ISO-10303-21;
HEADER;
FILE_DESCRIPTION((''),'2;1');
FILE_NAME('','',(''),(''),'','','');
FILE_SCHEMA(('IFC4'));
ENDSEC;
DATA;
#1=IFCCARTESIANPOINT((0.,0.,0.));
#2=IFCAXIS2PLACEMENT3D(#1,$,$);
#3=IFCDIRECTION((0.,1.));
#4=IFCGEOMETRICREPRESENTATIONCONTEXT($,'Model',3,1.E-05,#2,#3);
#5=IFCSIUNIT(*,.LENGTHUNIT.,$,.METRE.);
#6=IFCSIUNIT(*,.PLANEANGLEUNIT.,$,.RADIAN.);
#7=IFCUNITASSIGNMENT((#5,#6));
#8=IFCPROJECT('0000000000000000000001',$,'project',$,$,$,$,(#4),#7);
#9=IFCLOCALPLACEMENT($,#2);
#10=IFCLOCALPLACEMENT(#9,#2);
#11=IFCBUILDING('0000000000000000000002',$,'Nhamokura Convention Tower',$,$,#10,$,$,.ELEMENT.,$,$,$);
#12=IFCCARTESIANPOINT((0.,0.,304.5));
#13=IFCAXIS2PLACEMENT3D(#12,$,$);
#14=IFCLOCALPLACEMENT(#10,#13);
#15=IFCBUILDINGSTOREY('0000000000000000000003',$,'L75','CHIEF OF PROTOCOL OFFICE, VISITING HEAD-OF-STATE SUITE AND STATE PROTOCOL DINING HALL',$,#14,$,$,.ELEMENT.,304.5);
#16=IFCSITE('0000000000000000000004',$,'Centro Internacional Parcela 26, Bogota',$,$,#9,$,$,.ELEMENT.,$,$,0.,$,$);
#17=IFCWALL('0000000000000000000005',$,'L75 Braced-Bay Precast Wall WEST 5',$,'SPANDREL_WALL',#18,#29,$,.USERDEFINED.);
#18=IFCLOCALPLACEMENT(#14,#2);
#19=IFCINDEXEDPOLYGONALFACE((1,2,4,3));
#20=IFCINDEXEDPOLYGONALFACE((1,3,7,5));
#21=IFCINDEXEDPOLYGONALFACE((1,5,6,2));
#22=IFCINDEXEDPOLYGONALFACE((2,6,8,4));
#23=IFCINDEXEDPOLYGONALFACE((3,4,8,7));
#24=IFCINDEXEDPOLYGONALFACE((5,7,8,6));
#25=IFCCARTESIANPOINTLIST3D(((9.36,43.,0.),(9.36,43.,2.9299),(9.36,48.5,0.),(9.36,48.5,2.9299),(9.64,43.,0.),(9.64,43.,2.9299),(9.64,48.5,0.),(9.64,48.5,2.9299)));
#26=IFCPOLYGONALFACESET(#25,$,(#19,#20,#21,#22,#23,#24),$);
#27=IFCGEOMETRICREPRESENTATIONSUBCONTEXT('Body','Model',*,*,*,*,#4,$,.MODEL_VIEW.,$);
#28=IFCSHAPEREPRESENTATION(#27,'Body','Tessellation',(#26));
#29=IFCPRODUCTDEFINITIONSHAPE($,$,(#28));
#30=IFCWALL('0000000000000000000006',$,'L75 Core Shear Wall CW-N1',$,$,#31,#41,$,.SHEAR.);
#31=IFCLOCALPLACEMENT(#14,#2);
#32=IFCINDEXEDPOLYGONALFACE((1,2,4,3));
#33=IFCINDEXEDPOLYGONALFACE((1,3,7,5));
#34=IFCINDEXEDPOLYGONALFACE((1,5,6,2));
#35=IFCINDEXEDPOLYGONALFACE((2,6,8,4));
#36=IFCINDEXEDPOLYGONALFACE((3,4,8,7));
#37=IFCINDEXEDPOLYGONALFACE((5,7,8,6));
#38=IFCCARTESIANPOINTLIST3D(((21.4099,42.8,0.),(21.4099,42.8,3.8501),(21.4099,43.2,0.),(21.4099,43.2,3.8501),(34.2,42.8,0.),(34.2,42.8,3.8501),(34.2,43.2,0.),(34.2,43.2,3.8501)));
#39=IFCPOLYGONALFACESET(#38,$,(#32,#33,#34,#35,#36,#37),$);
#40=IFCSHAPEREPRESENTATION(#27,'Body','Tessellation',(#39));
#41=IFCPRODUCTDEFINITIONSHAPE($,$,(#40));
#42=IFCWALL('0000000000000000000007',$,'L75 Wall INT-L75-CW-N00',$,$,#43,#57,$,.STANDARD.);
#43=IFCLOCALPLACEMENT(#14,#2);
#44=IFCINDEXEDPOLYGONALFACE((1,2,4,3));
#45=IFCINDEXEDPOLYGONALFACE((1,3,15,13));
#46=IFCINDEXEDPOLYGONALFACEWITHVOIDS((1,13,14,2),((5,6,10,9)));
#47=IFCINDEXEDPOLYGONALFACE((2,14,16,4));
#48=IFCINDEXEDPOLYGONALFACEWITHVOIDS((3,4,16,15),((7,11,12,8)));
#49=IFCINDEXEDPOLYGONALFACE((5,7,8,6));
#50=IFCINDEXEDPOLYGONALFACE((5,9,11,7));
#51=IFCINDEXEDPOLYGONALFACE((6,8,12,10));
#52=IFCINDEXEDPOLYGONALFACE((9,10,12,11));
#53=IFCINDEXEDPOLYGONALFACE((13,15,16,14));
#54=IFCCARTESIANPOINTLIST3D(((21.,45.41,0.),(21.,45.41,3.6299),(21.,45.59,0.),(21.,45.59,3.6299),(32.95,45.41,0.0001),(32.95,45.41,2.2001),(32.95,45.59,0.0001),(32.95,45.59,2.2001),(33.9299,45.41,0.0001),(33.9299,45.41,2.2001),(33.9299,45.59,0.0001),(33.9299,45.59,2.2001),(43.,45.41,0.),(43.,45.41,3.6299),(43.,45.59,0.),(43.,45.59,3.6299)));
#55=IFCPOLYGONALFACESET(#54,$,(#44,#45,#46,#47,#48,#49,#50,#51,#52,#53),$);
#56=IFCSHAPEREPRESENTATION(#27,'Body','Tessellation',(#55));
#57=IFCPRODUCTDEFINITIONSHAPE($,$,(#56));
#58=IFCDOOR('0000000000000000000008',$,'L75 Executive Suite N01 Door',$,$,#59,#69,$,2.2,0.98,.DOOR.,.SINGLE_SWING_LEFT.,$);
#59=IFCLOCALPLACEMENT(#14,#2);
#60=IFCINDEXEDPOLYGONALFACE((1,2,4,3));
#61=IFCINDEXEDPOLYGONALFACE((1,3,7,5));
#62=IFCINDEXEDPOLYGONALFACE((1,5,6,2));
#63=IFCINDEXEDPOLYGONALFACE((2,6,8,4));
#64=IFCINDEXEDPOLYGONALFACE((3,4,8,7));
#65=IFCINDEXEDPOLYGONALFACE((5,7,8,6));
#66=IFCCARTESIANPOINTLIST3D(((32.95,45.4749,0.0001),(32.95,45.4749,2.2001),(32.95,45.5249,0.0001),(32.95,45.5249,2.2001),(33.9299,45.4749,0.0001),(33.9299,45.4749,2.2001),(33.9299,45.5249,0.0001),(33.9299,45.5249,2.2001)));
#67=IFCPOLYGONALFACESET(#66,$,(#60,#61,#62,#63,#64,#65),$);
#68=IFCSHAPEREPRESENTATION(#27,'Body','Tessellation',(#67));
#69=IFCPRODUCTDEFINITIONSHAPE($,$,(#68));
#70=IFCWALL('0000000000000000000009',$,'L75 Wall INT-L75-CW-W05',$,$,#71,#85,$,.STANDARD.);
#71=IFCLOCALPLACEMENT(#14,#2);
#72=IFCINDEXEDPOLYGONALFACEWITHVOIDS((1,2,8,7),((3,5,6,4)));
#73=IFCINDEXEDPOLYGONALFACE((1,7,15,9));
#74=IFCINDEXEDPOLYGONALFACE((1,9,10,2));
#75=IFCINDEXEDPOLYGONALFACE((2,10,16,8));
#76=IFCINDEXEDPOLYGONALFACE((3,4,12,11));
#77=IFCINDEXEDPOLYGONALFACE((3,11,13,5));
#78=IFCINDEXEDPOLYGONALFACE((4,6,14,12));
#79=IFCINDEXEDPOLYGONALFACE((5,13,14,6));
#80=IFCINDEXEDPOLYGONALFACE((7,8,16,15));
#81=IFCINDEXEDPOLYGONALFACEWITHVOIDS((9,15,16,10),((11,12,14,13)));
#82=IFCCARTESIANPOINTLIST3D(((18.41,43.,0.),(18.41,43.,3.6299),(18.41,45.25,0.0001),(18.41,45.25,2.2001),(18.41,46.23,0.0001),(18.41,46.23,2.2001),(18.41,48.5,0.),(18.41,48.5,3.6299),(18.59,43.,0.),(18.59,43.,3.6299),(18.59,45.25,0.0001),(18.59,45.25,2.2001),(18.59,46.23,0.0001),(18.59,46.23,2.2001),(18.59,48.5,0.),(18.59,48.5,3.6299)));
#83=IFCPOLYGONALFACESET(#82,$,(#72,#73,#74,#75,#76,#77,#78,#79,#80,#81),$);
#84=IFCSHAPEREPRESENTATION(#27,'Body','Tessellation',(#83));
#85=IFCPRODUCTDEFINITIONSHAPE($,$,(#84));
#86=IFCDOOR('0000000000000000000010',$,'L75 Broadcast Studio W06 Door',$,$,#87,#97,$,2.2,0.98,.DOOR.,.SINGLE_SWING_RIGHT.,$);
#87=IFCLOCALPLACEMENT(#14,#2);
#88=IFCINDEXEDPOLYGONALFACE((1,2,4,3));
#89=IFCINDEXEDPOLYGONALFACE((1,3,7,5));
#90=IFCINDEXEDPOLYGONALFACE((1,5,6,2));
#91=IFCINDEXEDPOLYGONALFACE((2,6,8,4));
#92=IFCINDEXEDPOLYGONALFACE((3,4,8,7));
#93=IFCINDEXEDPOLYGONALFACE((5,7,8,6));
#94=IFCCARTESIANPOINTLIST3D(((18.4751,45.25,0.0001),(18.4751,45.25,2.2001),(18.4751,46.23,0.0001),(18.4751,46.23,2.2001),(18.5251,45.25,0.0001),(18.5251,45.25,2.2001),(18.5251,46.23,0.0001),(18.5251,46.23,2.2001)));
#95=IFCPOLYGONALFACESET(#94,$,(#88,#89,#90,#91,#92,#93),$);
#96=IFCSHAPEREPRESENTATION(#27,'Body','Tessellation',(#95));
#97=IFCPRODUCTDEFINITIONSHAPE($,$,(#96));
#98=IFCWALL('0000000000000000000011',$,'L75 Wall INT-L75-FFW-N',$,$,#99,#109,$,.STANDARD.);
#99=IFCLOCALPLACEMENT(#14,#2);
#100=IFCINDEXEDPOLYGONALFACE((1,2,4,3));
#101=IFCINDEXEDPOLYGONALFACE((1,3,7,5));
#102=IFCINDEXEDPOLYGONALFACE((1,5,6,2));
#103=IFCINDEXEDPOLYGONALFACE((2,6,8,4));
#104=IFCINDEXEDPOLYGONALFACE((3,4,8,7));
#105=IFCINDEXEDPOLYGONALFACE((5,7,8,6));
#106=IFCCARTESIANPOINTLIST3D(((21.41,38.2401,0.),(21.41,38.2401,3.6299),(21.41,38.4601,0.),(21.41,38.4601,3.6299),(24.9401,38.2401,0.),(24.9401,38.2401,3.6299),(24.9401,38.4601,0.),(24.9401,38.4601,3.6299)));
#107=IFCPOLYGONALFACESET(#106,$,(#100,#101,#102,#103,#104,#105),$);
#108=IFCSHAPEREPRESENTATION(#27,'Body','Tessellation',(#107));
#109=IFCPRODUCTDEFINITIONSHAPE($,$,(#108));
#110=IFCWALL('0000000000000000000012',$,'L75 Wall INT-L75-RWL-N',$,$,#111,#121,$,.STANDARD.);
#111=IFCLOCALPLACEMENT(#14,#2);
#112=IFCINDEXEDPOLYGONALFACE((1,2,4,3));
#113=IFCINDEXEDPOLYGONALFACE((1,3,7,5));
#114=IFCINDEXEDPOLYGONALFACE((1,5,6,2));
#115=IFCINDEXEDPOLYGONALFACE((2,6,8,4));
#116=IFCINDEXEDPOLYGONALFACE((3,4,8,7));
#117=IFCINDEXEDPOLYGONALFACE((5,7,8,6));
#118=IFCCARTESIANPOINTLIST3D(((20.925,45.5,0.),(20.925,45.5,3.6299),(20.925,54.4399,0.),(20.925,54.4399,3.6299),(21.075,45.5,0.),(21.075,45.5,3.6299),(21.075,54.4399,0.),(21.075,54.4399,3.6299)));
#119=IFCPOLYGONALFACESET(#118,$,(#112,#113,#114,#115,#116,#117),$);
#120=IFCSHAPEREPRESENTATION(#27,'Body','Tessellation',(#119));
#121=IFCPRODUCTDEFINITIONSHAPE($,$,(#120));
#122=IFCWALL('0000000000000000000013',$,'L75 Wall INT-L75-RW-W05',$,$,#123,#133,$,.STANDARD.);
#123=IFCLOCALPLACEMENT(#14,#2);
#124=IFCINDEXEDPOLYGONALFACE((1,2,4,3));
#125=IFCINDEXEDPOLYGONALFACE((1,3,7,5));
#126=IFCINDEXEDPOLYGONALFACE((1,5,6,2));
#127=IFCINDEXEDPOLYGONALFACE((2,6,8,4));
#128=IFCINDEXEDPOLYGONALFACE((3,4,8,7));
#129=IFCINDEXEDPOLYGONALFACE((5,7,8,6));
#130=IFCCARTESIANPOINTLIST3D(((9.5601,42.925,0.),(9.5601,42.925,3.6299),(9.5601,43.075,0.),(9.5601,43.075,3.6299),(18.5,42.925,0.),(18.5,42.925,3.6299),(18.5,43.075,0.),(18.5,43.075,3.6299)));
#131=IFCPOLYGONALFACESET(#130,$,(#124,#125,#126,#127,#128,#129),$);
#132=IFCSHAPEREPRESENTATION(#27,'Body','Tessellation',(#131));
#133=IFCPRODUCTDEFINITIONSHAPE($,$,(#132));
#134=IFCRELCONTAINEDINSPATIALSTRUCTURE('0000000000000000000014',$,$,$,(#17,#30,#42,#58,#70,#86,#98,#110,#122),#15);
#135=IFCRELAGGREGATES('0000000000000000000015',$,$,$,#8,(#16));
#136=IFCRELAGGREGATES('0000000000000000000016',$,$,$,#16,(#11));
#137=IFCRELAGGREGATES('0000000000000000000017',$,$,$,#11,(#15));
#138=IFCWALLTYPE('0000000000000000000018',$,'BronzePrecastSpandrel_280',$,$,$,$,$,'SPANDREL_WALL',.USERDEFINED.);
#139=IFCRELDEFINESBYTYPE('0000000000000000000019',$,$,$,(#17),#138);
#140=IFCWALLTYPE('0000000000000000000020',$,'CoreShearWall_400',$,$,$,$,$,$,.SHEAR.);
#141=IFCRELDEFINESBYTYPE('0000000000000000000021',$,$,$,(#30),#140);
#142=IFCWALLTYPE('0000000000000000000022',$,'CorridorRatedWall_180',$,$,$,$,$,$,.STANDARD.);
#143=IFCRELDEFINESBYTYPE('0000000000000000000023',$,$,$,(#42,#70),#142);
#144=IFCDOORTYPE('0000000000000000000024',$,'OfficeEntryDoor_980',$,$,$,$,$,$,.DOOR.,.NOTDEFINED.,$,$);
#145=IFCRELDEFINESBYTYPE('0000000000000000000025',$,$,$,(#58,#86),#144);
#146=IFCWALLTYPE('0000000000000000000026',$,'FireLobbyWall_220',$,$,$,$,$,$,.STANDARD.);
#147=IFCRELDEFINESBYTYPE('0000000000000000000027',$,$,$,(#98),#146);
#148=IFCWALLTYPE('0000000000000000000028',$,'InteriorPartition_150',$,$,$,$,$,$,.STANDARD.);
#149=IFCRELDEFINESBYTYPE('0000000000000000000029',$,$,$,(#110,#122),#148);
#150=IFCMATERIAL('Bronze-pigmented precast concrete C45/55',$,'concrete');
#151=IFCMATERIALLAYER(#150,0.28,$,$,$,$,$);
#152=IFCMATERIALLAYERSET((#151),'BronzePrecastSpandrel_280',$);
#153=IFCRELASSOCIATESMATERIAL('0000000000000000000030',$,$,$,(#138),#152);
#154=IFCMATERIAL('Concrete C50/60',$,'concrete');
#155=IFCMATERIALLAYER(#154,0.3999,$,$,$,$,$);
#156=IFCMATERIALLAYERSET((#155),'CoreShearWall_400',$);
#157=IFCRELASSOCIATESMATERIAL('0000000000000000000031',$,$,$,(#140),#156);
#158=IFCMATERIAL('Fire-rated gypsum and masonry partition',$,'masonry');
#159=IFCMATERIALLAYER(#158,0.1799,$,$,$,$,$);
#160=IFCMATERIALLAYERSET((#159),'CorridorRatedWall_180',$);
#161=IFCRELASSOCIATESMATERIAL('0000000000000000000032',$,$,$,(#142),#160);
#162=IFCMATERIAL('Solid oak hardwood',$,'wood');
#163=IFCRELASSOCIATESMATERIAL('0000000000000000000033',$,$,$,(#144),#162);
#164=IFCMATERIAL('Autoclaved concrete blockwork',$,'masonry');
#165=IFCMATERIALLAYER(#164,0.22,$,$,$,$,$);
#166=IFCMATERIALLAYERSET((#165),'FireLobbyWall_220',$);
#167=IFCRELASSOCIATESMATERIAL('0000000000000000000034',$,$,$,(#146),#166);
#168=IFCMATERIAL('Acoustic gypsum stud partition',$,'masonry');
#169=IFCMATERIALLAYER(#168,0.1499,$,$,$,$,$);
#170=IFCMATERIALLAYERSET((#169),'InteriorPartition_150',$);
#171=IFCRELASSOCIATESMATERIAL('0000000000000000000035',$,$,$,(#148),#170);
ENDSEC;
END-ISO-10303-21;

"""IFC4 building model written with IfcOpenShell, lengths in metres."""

from ifc_helpers import new_model, si_unit, direction, frame, frame_2d, origin, place, context, subcontext, project, spatial, rectangle, extrude, material, layer, layer_set, type_object, element, fill, save


model = new_model("IFC4")

# Units and contexts
model_context = context("Model", 3, precision=1e-05, world=origin(), true_north=direction((0.0, 1.0)))
body_context = subcontext(model_context, "Body", "Model", "MODEL_VIEW")
ifc_project = project(units=[si_unit("LENGTHUNIT", "METRE"), si_unit("PLANEANGLEUNIT", "RADIAN")], contexts=[model_context])

# Site, building, storey
site_placement = place(None, origin())
site = spatial("IfcSite", under=ifc_project, at=site_placement, Name="Centro Internacional Parcela 26, Bogota", CompositionType="ELEMENT", RefElevation=0.0)
building_placement = place(site_placement, origin())
building = spatial("IfcBuilding", under=site, at=building_placement, Name="Nhamokura Convention Tower", CompositionType="ELEMENT")
storey_placement = place(building_placement, frame((0.0, 0.0, 304.5)))
storey = spatial("IfcBuildingStorey", under=building, at=storey_placement, Name="L75", Description="CHIEF OF PROTOCOL OFFICE, VISITING HEAD-OF-STATE SUITE AND STATE PROTOCOL DINING HALL", CompositionType="ELEMENT", Elevation=304.5)

# Walls
ifc_material_1 = material(Name="Bronze-pigmented precast concrete C45/55", Category="concrete")
ifc_layer_1 = layer(ifc_material_1, 0.28)
ifc_layer_set_1 = layer_set([ifc_layer_1], Name="BronzePrecastSpandrel_280")
wall_type_1 = type_object("IfcWallType", Name="BronzePrecastSpandrel_280", ElementType="SPANDREL_WALL", PredefinedType="USERDEFINED", material=ifc_layer_set_1)
wall_1_placement = place(storey_placement, frame((9.5, 43.0, 0.0), z_axis=(0.0, 0.0, 1.0), x_axis=(0.0, 1.0, 0.0)))
element("IfcWall", 1, at=wall_1_placement, inside=storey, type_object=wall_type_1, Name="L75 Braced-Bay Precast Wall WEST 5", ObjectType="SPANDREL_WALL", PredefinedType="USERDEFINED", context=body_context, shape_type="SweptSolid", body=[
    extrude(rectangle(XDim=5.5, YDim=0.28, at=frame_2d((2.75, 0.0))), origin(), (0.0, 0.0, 1.0), 2.9299),
])
ifc_material_2 = material(Name="Concrete C50/60", Category="concrete")
ifc_layer_2 = layer(ifc_material_2, 0.3999)
ifc_layer_set_2 = layer_set([ifc_layer_2], Name="CoreShearWall_400")
wall_type_2 = type_object("IfcWallType", Name="CoreShearWall_400", PredefinedType="SHEAR", material=ifc_layer_set_2)
wall_2_placement = place(storey_placement, frame((21.4099, 43.0, 0.0), z_axis=(0.0, 0.0, 1.0), x_axis=(1.0, 0.0, 0.0)))
element("IfcWall", 2, at=wall_2_placement, inside=storey, type_object=wall_type_2, Name="L75 Core Shear Wall CW-N1", PredefinedType="SHEAR", context=body_context, shape_type="SweptSolid", body=[
    extrude(rectangle(XDim=12.79, YDim=0.3999, at=frame_2d((6.395, 0.0))), origin(), (0.0, 0.0, 1.0), 3.8501),
])

# Walls, openings, doors
ifc_material_3 = material(Name="Fire-rated gypsum and masonry partition", Category="masonry")
ifc_layer_3 = layer(ifc_material_3, 0.1799)
ifc_layer_set_3 = layer_set([ifc_layer_3], Name="CorridorRatedWall_180")
wall_type_3 = type_object("IfcWallType", Name="CorridorRatedWall_180", PredefinedType="STANDARD", material=ifc_layer_set_3)
wall_3_placement = place(storey_placement, frame((21.0, 45.5, 0.0), z_axis=(0.0, 0.0, 1.0), x_axis=(1.0, 0.0, 0.0)))
wall_3 = element("IfcWall", 3, at=wall_3_placement, inside=storey, type_object=wall_type_3, Name="L75 Wall INT-L75-CW-N00", PredefinedType="STANDARD", context=body_context, shape_type="SweptSolid", body=[
    extrude(rectangle(XDim=22.0, YDim=0.1799, at=frame_2d((11.0, 0.0))), origin(), (0.0, 0.0, 1.0), 3.6299),
])
opening_1_placement = place(wall_3_placement, frame((11.95, 0.0, 0.0)))
opening_1 = element("IfcOpeningElement", 4, at=opening_1_placement, cuts=wall_3, PredefinedType="OPENING", context=body_context, shape_type="SweptSolid", body=[
    extrude(rectangle(XDim=0.98, YDim=2.2, at=frame_2d((0.49, 1.1001))), frame((0.0, 0.0999, 0.0), z_axis=(0.0, -1.0, 0.0), x_axis=(1.0, 0.0, 0.0)), (0.0, 0.0, 1.0), 0.2),
])
ifc_material_4 = material(Name="Solid oak hardwood", Category="wood")
door_type_1 = type_object("IfcDoorType", Name="OfficeEntryDoor_980", OperationType="NOTDEFINED", PredefinedType="DOOR", material=ifc_material_4)
door_1_placement = place(opening_1_placement, origin())
door_1 = element("IfcDoor", 5, at=door_1_placement, inside=storey, type_object=door_type_1, Name="L75 Executive Suite N01 Door", OperationType="SINGLE_SWING_LEFT", OverallHeight=2.2, OverallWidth=0.98, PredefinedType="DOOR", context=body_context, shape_type="SweptSolid", body=[
    extrude(rectangle(XDim=0.98, YDim=2.2, at=frame_2d((0.49, 1.1001))), frame((0.0, 0.0249, 0.0), z_axis=(0.0, -1.0, 0.0), x_axis=(1.0, 0.0, 0.0)), (0.0, 0.0, 1.0), 0.05),
])
fill(opening_1, door_1)
wall_4_placement = place(storey_placement, frame((18.5, 43.0, 0.0), z_axis=(0.0, 0.0, 1.0), x_axis=(0.0, 1.0, 0.0)))
wall_4 = element("IfcWall", 6, at=wall_4_placement, inside=storey, type_object=wall_type_3, Name="L75 Wall INT-L75-CW-W05", PredefinedType="STANDARD", context=body_context, shape_type="SweptSolid", body=[
    extrude(rectangle(XDim=5.5, YDim=0.1799, at=frame_2d((2.75, 0.0))), origin(), (0.0, 0.0, 1.0), 3.6299),
])
opening_2_placement = place(wall_4_placement, frame((2.25, 0.0, 0.0)))
opening_2 = element("IfcOpeningElement", 7, at=opening_2_placement, cuts=wall_4, PredefinedType="OPENING", context=body_context, shape_type="SweptSolid", body=[
    extrude(rectangle(XDim=0.98, YDim=2.2, at=frame_2d((0.49, 1.1001))), frame((0.0, 0.0999, 0.0), z_axis=(0.0, -1.0, 0.0), x_axis=(1.0, 0.0, 0.0)), (0.0, 0.0, 1.0), 0.2),
])
door_2_placement = place(opening_2_placement, origin())
door_2 = element("IfcDoor", 8, at=door_2_placement, inside=storey, type_object=door_type_1, Name="L75 Broadcast Studio W06 Door", OperationType="SINGLE_SWING_RIGHT", OverallHeight=2.2, OverallWidth=0.98, PredefinedType="DOOR", context=body_context, shape_type="SweptSolid", body=[
    extrude(rectangle(XDim=0.98, YDim=2.2, at=frame_2d((0.49, 1.1001))), frame((0.0, 0.0249, 0.0), z_axis=(0.0, -1.0, 0.0), x_axis=(1.0, 0.0, 0.0)), (0.0, 0.0, 1.0), 0.05),
])
fill(opening_2, door_2)

# Walls
ifc_material_5 = material(Name="Autoclaved concrete blockwork", Category="masonry")
ifc_layer_4 = layer(ifc_material_5, 0.22)
ifc_layer_set_4 = layer_set([ifc_layer_4], Name="FireLobbyWall_220")
wall_type_4 = type_object("IfcWallType", Name="FireLobbyWall_220", PredefinedType="STANDARD", material=ifc_layer_set_4)
wall_5_placement = place(storey_placement, frame((21.4099, 38.3501, 0.0), z_axis=(0.0, 0.0, 1.0), x_axis=(1.0, 0.0, 0.0)))
element("IfcWall", 9, at=wall_5_placement, inside=storey, type_object=wall_type_4, Name="L75 Wall INT-L75-FFW-N", PredefinedType="STANDARD", context=body_context, shape_type="SweptSolid", body=[
    extrude(rectangle(XDim=3.53, YDim=0.22, at=frame_2d((1.7651, 0.0))), origin(), (0.0, 0.0, 1.0), 3.6299),
])
ifc_material_6 = material(Name="Acoustic gypsum stud partition", Category="masonry")
ifc_layer_5 = layer(ifc_material_6, 0.1499)
ifc_layer_set_5 = layer_set([ifc_layer_5], Name="InteriorPartition_150")
wall_type_5 = type_object("IfcWallType", Name="InteriorPartition_150", PredefinedType="STANDARD", material=ifc_layer_set_5)
for number, where, z_axis, x_axis, name in (
    (10, (21.0, 45.5, 0.0), (0.0, 0.0, 1.0), (0.0, 1.0, 0.0), "L75 Wall INT-L75-RWL-N"),
    (11, (9.5601, 43.0, 0.0), (0.0, 0.0, 1.0), (1.0, 0.0, 0.0), "L75 Wall INT-L75-RW-W05"),
):
    element("IfcWall", number, at=place(storey_placement, frame(where, z_axis=z_axis, x_axis=x_axis)), inside=storey, type_object=wall_type_5, Name=name, PredefinedType="STANDARD", context=body_context, shape_type="SweptSolid", body=[
        extrude(rectangle(XDim=8.9399, YDim=0.1499, at=frame_2d((4.47, 0.0))), origin(), (0.0, 0.0, 1.0), 3.6299),
    ])

save(model, "model.ifc")
